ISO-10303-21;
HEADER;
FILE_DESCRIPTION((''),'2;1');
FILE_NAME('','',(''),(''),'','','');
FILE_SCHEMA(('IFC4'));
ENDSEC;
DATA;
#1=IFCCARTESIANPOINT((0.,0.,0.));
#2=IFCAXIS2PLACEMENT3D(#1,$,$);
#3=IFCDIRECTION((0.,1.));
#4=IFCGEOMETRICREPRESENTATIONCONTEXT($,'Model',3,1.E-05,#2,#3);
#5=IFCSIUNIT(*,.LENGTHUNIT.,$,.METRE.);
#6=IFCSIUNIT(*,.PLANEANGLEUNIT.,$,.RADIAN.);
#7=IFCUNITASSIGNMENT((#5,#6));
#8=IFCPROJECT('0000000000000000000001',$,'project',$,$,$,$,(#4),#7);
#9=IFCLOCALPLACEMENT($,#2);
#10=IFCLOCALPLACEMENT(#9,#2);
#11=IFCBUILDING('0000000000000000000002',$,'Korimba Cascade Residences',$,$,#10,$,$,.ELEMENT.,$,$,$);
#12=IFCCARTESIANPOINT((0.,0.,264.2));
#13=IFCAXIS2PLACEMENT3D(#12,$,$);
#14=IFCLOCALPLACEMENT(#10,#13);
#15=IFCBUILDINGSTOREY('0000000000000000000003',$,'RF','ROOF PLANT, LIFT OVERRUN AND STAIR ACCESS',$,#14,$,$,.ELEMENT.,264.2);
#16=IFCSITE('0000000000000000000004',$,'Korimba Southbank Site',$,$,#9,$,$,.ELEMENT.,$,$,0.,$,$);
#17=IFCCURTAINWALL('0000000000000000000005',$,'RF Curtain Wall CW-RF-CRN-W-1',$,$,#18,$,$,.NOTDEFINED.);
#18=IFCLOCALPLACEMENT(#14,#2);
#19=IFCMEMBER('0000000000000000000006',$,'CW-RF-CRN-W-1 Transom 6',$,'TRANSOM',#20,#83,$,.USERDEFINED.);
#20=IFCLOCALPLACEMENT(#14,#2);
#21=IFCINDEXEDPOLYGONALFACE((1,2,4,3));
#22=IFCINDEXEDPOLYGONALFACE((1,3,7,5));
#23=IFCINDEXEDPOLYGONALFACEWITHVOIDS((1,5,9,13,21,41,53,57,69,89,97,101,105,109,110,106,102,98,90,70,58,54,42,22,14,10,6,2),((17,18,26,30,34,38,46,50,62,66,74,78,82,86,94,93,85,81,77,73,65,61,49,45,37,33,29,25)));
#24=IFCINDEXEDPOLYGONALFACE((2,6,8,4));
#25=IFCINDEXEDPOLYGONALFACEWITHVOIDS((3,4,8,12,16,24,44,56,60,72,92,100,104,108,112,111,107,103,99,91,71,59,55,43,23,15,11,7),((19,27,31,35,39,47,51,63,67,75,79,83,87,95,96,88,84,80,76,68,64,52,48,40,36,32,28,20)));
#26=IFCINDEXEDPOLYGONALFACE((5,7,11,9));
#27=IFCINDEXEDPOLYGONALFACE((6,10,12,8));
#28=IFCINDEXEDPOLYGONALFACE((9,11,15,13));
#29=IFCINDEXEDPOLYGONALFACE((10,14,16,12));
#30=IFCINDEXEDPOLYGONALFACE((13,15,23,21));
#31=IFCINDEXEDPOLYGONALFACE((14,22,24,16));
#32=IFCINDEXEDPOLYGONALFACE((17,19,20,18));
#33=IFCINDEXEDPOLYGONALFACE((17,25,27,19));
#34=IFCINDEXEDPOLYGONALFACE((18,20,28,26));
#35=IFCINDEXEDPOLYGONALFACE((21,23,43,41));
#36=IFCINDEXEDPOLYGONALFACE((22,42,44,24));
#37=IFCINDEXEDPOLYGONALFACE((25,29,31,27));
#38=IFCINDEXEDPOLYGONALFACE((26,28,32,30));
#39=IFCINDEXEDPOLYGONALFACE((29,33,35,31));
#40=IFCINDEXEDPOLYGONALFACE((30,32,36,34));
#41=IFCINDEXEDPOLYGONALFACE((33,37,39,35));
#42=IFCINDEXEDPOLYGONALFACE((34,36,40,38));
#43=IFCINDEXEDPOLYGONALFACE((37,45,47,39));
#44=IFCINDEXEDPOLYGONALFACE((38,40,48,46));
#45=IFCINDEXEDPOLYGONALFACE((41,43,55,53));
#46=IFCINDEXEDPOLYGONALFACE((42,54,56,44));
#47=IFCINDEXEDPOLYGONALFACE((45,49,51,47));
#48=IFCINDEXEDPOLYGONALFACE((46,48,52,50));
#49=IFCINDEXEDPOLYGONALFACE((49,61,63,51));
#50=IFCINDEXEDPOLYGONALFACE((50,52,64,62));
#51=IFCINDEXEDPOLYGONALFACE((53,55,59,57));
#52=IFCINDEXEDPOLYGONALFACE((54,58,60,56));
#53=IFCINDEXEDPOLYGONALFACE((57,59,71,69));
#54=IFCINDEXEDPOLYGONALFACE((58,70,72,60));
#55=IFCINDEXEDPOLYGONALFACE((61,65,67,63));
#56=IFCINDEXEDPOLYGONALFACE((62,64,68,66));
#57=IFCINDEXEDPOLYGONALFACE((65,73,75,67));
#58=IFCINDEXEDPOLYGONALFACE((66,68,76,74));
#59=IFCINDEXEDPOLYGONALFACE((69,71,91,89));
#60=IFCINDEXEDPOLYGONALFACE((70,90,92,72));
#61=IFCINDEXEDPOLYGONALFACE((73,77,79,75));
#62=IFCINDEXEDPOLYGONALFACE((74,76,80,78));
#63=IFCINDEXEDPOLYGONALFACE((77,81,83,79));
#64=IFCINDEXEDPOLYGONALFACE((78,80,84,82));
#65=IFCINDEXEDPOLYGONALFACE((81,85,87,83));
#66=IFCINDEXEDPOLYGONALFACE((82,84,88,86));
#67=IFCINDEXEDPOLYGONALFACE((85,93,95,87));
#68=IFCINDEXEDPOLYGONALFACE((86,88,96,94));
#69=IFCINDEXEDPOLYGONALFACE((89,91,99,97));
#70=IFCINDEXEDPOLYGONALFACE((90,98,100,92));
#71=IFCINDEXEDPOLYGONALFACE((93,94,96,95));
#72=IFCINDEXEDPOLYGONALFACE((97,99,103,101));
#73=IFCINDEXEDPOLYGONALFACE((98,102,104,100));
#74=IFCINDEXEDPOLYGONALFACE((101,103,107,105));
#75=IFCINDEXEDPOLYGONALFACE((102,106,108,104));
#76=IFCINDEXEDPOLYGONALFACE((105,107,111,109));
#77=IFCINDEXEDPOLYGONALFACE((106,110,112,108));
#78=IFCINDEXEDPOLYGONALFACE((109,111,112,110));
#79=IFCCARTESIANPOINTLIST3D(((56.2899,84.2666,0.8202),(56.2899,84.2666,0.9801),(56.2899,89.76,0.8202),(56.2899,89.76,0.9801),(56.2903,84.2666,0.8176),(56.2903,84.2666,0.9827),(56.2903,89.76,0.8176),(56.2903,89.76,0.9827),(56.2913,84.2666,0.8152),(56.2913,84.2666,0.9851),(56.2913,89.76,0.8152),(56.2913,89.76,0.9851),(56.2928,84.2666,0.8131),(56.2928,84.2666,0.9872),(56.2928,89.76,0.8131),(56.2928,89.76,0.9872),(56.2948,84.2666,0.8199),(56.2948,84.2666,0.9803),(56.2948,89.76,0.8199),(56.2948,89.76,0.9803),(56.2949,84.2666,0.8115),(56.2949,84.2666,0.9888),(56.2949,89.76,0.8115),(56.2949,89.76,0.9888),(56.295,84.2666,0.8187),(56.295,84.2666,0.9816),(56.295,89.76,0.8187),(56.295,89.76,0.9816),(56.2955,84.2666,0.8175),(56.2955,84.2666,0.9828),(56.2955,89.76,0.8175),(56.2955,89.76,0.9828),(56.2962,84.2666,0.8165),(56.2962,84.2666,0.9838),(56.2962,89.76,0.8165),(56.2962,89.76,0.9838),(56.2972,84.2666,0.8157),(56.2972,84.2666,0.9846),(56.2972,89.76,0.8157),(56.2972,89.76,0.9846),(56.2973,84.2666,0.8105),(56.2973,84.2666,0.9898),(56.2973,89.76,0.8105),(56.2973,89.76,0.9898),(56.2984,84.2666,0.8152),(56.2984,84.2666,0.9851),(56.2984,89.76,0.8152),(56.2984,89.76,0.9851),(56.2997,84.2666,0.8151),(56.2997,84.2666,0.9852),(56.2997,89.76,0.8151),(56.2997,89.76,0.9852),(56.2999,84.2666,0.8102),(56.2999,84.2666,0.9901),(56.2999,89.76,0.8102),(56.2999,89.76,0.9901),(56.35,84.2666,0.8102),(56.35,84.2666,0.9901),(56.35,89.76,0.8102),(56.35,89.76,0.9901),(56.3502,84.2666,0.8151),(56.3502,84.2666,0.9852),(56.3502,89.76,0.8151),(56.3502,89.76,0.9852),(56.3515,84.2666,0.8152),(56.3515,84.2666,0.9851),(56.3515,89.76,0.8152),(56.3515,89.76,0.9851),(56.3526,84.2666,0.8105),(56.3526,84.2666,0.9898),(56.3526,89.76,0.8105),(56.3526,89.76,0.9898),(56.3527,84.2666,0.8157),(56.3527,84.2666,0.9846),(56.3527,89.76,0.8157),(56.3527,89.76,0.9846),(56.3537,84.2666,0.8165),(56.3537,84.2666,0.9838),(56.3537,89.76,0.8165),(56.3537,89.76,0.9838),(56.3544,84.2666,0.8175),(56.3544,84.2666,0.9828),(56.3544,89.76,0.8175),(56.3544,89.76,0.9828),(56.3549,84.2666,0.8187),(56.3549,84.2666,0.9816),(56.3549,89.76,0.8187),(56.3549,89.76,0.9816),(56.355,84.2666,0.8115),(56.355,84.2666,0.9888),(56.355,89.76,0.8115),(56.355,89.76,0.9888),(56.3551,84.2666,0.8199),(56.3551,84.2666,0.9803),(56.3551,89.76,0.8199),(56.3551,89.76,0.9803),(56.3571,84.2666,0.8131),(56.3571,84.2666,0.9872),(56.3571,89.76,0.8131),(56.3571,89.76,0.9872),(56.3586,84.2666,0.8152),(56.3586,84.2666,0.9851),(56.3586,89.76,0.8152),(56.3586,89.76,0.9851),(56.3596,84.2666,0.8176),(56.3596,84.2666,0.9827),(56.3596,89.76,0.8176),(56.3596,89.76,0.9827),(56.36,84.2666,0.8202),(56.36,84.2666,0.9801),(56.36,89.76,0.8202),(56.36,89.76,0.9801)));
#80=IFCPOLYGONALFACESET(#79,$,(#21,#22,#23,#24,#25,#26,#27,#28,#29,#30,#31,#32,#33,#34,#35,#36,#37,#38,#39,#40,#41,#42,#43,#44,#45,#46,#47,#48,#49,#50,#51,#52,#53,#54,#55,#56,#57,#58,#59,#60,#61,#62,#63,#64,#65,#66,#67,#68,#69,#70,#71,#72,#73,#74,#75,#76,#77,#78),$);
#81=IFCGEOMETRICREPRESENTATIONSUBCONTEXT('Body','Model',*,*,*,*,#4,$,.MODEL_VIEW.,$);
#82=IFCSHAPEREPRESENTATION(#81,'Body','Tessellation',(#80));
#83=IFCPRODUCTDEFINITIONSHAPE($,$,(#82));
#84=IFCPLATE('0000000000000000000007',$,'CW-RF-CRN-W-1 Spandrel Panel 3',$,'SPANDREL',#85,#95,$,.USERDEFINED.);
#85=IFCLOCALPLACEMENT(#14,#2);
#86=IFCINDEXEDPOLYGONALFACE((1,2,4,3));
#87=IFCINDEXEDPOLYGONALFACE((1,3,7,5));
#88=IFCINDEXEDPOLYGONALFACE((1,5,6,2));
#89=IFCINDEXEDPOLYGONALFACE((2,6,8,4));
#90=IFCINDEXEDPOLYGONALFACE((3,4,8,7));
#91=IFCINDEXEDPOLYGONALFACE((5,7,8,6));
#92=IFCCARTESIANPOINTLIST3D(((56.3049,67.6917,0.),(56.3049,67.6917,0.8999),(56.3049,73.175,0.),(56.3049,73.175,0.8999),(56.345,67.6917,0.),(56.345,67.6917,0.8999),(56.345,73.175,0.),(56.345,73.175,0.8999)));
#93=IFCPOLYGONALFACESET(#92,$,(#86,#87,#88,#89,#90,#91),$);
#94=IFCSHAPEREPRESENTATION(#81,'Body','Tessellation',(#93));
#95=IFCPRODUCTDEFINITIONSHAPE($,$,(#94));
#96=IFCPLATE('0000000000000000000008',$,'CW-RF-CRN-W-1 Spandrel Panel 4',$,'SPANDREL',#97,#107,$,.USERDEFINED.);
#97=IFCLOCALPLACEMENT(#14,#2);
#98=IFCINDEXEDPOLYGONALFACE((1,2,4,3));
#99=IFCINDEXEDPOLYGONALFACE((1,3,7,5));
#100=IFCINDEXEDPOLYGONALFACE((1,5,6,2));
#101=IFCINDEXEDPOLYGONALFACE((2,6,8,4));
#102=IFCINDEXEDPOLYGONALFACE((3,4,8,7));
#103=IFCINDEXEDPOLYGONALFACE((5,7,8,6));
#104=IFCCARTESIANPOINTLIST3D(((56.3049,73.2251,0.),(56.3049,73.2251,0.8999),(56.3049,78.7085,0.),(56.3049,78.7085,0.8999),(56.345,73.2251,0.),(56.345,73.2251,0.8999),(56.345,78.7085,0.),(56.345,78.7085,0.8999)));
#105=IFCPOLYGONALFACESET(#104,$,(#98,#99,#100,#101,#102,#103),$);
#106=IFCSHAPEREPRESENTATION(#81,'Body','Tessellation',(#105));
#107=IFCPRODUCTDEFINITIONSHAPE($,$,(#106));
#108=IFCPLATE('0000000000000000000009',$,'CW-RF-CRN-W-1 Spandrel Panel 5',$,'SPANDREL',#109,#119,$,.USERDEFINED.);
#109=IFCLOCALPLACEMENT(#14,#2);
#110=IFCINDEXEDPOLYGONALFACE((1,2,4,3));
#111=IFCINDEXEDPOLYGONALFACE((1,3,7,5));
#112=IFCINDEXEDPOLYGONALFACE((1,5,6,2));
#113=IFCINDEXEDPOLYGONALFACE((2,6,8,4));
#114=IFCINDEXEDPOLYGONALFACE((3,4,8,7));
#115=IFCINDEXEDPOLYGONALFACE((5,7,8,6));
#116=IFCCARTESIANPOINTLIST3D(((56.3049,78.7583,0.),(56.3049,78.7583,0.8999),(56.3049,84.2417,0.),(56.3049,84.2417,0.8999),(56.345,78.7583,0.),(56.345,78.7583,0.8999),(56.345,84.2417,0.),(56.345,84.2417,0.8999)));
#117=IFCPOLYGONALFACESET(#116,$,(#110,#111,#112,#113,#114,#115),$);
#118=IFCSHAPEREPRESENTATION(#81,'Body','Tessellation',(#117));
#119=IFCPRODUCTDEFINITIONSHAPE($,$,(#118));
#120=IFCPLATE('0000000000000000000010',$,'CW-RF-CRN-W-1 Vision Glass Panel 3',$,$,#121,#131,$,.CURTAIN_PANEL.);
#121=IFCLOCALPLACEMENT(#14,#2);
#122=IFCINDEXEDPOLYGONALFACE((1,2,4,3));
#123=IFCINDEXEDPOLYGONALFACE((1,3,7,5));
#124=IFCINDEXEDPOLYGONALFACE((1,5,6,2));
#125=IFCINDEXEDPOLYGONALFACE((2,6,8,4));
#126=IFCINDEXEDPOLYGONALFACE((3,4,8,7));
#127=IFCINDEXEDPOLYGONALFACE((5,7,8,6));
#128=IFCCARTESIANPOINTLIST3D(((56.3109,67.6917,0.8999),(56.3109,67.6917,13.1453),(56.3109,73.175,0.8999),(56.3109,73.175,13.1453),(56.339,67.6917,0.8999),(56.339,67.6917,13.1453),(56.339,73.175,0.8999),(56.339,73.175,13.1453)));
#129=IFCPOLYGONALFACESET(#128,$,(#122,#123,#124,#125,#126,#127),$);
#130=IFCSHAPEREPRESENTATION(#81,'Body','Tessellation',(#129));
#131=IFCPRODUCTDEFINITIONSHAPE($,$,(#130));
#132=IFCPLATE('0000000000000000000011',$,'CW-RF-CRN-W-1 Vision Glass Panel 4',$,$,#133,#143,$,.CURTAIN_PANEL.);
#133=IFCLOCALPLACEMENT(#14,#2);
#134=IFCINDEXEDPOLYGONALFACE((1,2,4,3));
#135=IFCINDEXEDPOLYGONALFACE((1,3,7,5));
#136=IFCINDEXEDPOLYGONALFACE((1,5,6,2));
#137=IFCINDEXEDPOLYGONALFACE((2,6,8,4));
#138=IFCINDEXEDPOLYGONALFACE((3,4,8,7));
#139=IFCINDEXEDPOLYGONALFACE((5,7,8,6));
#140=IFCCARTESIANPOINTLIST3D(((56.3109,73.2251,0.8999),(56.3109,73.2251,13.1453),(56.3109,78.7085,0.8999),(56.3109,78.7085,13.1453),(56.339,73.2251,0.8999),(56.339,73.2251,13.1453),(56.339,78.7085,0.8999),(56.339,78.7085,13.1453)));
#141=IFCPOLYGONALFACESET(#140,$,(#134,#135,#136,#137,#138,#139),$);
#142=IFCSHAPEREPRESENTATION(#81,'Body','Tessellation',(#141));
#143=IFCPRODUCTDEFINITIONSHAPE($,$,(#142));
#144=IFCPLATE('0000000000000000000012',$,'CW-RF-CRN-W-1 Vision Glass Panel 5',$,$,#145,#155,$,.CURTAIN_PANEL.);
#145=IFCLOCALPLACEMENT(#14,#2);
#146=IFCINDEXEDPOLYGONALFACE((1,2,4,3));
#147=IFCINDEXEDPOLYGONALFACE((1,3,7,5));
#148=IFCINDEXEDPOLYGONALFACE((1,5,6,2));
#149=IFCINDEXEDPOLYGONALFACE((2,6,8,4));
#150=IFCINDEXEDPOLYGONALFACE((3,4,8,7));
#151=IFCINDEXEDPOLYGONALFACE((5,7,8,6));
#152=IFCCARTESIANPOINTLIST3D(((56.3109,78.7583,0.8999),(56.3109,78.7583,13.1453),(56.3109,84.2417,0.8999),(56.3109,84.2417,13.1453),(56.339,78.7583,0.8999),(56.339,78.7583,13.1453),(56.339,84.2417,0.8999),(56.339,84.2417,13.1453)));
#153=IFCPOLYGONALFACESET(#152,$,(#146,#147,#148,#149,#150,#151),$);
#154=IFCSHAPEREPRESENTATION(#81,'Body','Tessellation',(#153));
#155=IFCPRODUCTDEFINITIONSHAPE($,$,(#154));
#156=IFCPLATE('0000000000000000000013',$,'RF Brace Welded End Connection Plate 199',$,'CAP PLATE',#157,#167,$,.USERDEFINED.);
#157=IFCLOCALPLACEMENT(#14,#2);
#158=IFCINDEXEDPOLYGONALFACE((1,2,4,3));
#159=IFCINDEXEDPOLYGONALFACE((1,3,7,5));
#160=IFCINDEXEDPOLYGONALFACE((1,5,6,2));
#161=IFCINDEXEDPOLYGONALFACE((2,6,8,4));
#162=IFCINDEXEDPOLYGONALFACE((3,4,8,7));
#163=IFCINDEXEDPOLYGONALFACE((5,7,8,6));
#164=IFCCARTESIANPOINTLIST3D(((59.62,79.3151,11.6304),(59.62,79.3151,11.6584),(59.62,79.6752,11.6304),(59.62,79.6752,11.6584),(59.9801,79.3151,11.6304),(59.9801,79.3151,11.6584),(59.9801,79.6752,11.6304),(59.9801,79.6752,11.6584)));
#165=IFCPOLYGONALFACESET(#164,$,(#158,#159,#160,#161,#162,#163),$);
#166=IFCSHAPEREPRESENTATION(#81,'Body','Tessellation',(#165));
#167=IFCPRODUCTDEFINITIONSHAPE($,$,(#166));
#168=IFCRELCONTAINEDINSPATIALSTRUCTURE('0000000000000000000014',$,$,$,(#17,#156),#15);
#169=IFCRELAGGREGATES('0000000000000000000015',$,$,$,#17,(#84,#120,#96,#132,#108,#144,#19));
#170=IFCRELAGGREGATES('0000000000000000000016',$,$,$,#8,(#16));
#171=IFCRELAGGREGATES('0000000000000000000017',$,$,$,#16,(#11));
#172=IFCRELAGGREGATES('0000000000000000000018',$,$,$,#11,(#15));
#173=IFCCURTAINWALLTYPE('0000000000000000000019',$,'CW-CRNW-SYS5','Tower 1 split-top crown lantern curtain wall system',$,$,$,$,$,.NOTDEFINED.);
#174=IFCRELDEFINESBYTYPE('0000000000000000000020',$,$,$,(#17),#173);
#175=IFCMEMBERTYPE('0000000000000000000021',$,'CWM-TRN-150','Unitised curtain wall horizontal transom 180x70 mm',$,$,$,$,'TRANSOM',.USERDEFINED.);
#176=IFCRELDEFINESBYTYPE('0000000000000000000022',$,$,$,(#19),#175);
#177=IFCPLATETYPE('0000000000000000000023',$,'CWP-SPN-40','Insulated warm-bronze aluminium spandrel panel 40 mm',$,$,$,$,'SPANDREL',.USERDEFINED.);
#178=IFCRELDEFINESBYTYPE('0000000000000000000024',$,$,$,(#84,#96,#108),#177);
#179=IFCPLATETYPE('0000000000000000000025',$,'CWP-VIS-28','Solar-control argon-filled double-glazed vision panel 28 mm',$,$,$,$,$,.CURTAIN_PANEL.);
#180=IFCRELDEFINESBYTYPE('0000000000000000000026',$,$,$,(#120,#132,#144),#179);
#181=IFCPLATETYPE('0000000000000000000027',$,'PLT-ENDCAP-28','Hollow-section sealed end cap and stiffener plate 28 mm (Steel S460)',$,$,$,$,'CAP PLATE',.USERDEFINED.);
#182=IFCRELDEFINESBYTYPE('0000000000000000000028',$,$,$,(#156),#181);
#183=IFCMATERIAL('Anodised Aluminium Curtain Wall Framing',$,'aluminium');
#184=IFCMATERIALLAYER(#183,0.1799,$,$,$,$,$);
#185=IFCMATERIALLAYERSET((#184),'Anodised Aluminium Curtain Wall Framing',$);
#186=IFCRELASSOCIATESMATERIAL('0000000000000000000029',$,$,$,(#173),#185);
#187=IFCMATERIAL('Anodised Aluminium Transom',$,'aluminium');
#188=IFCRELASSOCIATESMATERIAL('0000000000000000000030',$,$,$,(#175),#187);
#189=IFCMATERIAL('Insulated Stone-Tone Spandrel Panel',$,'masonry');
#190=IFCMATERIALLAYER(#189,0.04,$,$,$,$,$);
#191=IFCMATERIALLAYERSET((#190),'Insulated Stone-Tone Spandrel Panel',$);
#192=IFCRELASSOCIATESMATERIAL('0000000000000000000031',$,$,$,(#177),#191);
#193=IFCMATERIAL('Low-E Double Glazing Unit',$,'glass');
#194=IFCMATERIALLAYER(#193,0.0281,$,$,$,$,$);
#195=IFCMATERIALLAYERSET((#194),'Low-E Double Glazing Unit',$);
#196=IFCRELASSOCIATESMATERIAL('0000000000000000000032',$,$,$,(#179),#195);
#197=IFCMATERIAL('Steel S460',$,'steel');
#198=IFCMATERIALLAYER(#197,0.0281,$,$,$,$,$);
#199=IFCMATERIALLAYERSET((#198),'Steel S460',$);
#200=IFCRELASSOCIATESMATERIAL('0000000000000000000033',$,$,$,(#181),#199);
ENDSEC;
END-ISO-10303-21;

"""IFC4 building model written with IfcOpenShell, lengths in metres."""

from ifc_helpers import new_model, si_unit, direction, frame, origin, origin_2d, place, context, subcontext, project, spatial, rectangle, hollow_rectangle, extrude, material, layer, layer_set, material_profile, profile_set, type_object, element, aggregate, save


model = new_model("IFC4")

# Units and contexts
model_context = context("Model", 3, precision=1e-05, world=origin(), true_north=direction((0.0, 1.0)))
body_context = subcontext(model_context, "Body", "Model", "MODEL_VIEW")
ifc_project = project(units=[si_unit("LENGTHUNIT", "METRE"), si_unit("PLANEANGLEUNIT", "RADIAN")], contexts=[model_context])

# Site, building, storey
site_placement = place(None, origin())
site = spatial("IfcSite", under=ifc_project, at=site_placement, Name="Korimba Southbank Site", CompositionType="ELEMENT", RefElevation=0.0)
building_placement = place(site_placement, origin())
building = spatial("IfcBuilding", under=site, at=building_placement, Name="Korimba Cascade Residences", CompositionType="ELEMENT")
storey_placement = place(building_placement, frame((0.0, 0.0, 264.2)))
storey = spatial("IfcBuildingStorey", under=building, at=storey_placement, Name="RF", Description="ROOF PLANT, LIFT OVERRUN AND STAIR ACCESS", CompositionType="ELEMENT", Elevation=264.2)

# Curtain wall, member, plates
ifc_material_1 = material(Name="Anodised Aluminium Curtain Wall Framing", Category="aluminium")
ifc_layer_1 = layer(ifc_material_1, 0.1799)
ifc_layer_set_1 = layer_set([ifc_layer_1], Name="Anodised Aluminium Curtain Wall Framing")
curtain_wall_type = type_object("IfcCurtainWallType", Name="CW-CRNW-SYS5", Description="Tower 1 split-top crown lantern curtain wall system", PredefinedType="NOTDEFINED", material=ifc_layer_set_1)
curtain_wall_placement = place(storey_placement, origin())
curtain_wall = element("IfcCurtainWall", 1, at=curtain_wall_placement, inside=storey, type_object=curtain_wall_type, Name="RF Curtain Wall CW-RF-CRN-W-1", PredefinedType="NOTDEFINED")
ifc_material_2 = material(Name="Anodised Aluminium Transom", Category="aluminium")
ifc_material_profile_1 = material_profile(ifc_material_2, hollow_rectangle(XDim=0.0701, YDim=0.1799, WallThickness=0.0049, InnerFilletRadius=0.0049, OuterFilletRadius=0.01, at=origin_2d()), Name="Anodised Aluminium Transom")
ifc_profile_set_1 = profile_set([ifc_material_profile_1], Name="Anodised Aluminium Transom")
member_type_1 = type_object("IfcMemberType", Name="CWM-TRN-150", Description="Unitised curtain wall horizontal transom 180x70 mm", ElementType="TRANSOM", PredefinedType="USERDEFINED", material=ifc_profile_set_1)
member_1_placement = place(storey_placement, frame((56.325, 84.2666, 0.9001), z_axis=(0.0, 1.0, 0.0), x_axis=(-1.0, 0.0, 0.0)))
member_1 = element("IfcMember", 2, at=member_1_placement, type_object=member_type_1, Name="CW-RF-CRN-W-1 Transom 6", ObjectType="TRANSOM", PredefinedType="USERDEFINED", context=body_context, shape_type="SweptSolid", body=[
    extrude(hollow_rectangle(XDim=0.0701, YDim=0.1799, WallThickness=0.0049, InnerFilletRadius=0.0049, OuterFilletRadius=0.01, at=origin_2d()), origin(), (0.0, 0.0, 1.0), 5.4934),
])
ifc_material_3 = material(Name="Insulated Stone-Tone Spandrel Panel", Category="masonry")
ifc_layer_2 = layer(ifc_material_3, 0.04)
ifc_layer_set_2 = layer_set([ifc_layer_2], Name="Insulated Stone-Tone Spandrel Panel")
plate_type_1 = type_object("IfcPlateType", Name="CWP-SPN-40", Description="Insulated warm-bronze aluminium spandrel panel 40 mm", ElementType="SPANDREL", PredefinedType="USERDEFINED", material=ifc_layer_set_2)
plate_1_placement = place(storey_placement, frame((56.325, 70.4333, 0.0), z_axis=(0.0, 0.0, 1.0), x_axis=(0.0, 1.0, 0.0)))
plate_1 = element("IfcPlate", 3, at=plate_1_placement, type_object=plate_type_1, Name="CW-RF-CRN-W-1 Spandrel Panel 3", ObjectType="SPANDREL", PredefinedType="USERDEFINED", context=body_context, shape_type="SweptSolid", body=[
    extrude(rectangle(XDim=5.4834, YDim=0.04, at=origin_2d()), origin(), (0.0, 0.0, 1.0), 0.8999),
])
plate_2_placement = place(storey_placement, frame((56.325, 75.9668, 0.0), z_axis=(0.0, 0.0, 1.0), x_axis=(0.0, 1.0, 0.0)))
plate_2 = element("IfcPlate", 4, at=plate_2_placement, type_object=plate_type_1, Name="CW-RF-CRN-W-1 Spandrel Panel 4", ObjectType="SPANDREL", PredefinedType="USERDEFINED", context=body_context, shape_type="SweptSolid", body=[
    extrude(rectangle(XDim=5.4834, YDim=0.04, at=origin_2d()), origin(), (0.0, 0.0, 1.0), 0.8999),
])
plate_3_placement = place(storey_placement, frame((56.325, 81.5, 0.0), z_axis=(0.0, 0.0, 1.0), x_axis=(0.0, 1.0, 0.0)))
plate_3 = element("IfcPlate", 5, at=plate_3_placement, type_object=plate_type_1, Name="CW-RF-CRN-W-1 Spandrel Panel 5", ObjectType="SPANDREL", PredefinedType="USERDEFINED", context=body_context, shape_type="SweptSolid", body=[
    extrude(rectangle(XDim=5.4834, YDim=0.04, at=origin_2d()), origin(), (0.0, 0.0, 1.0), 0.8999),
])
ifc_material_4 = material(Name="Low-E Double Glazing Unit", Category="glass")
ifc_layer_3 = layer(ifc_material_4, 0.0281)
ifc_layer_set_3 = layer_set([ifc_layer_3], Name="Low-E Double Glazing Unit")
plate_type_2 = type_object("IfcPlateType", Name="CWP-VIS-28", Description="Solar-control argon-filled double-glazed vision panel 28 mm", PredefinedType="CURTAIN_PANEL", material=ifc_layer_set_3)
plate_4_placement = place(storey_placement, frame((56.325, 70.4333, 0.8999), z_axis=(0.0, 0.0, 1.0), x_axis=(0.0, 1.0, 0.0)))
plate_4 = element("IfcPlate", 6, at=plate_4_placement, type_object=plate_type_2, Name="CW-RF-CRN-W-1 Vision Glass Panel 3", PredefinedType="CURTAIN_PANEL", context=body_context, shape_type="SweptSolid", body=[
    extrude(rectangle(XDim=5.4834, YDim=0.0281, at=origin_2d()), origin(), (0.0, 0.0, 1.0), 12.2454),
])
plate_5_placement = place(storey_placement, frame((56.325, 75.9668, 0.8999), z_axis=(0.0, 0.0, 1.0), x_axis=(0.0, 1.0, 0.0)))
plate_5 = element("IfcPlate", 7, at=plate_5_placement, type_object=plate_type_2, Name="CW-RF-CRN-W-1 Vision Glass Panel 4", PredefinedType="CURTAIN_PANEL", context=body_context, shape_type="SweptSolid", body=[
    extrude(rectangle(XDim=5.4834, YDim=0.0281, at=origin_2d()), origin(), (0.0, 0.0, 1.0), 12.2454),
])
plate_6_placement = place(storey_placement, frame((56.325, 81.5, 0.8999), z_axis=(0.0, 0.0, 1.0), x_axis=(0.0, 1.0, 0.0)))
plate_6 = element("IfcPlate", 8, at=plate_6_placement, type_object=plate_type_2, Name="CW-RF-CRN-W-1 Vision Glass Panel 5", PredefinedType="CURTAIN_PANEL", context=body_context, shape_type="SweptSolid", body=[
    extrude(rectangle(XDim=5.4834, YDim=0.0281, at=origin_2d()), origin(), (0.0, 0.0, 1.0), 12.2454),
])
aggregate(curtain_wall, [plate_1, plate_4, plate_2, plate_5, plate_3, plate_6, member_1])

# Plate
ifc_material_5 = material(Name="Steel S460", Category="steel")
ifc_layer_4 = layer(ifc_material_5, 0.0281)
ifc_layer_set_4 = layer_set([ifc_layer_4], Name="Steel S460")
plate_type_3 = type_object("IfcPlateType", Name="PLT-ENDCAP-28", Description="Hollow-section sealed end cap and stiffener plate 28 mm (Steel S460)", ElementType="CAP PLATE", PredefinedType="USERDEFINED", material=ifc_layer_set_4)
plate_7_placement = place(storey_placement, frame((59.8, 79.4951, 11.6304), z_axis=(0.0, 0.0, 1.0), x_axis=(1.0, 0.0, 0.0)))
element("IfcPlate", 9, at=plate_7_placement, inside=storey, type_object=plate_type_3, Name="RF Brace Welded End Connection Plate 199", ObjectType="CAP PLATE", PredefinedType="USERDEFINED", context=body_context, shape_type="SweptSolid", body=[
    extrude(rectangle(XDim=0.3601, YDim=0.3601, at=origin_2d()), origin(), (0.0, 0.0, 1.0), 0.0281),
])

save(model, "model.ifc")
